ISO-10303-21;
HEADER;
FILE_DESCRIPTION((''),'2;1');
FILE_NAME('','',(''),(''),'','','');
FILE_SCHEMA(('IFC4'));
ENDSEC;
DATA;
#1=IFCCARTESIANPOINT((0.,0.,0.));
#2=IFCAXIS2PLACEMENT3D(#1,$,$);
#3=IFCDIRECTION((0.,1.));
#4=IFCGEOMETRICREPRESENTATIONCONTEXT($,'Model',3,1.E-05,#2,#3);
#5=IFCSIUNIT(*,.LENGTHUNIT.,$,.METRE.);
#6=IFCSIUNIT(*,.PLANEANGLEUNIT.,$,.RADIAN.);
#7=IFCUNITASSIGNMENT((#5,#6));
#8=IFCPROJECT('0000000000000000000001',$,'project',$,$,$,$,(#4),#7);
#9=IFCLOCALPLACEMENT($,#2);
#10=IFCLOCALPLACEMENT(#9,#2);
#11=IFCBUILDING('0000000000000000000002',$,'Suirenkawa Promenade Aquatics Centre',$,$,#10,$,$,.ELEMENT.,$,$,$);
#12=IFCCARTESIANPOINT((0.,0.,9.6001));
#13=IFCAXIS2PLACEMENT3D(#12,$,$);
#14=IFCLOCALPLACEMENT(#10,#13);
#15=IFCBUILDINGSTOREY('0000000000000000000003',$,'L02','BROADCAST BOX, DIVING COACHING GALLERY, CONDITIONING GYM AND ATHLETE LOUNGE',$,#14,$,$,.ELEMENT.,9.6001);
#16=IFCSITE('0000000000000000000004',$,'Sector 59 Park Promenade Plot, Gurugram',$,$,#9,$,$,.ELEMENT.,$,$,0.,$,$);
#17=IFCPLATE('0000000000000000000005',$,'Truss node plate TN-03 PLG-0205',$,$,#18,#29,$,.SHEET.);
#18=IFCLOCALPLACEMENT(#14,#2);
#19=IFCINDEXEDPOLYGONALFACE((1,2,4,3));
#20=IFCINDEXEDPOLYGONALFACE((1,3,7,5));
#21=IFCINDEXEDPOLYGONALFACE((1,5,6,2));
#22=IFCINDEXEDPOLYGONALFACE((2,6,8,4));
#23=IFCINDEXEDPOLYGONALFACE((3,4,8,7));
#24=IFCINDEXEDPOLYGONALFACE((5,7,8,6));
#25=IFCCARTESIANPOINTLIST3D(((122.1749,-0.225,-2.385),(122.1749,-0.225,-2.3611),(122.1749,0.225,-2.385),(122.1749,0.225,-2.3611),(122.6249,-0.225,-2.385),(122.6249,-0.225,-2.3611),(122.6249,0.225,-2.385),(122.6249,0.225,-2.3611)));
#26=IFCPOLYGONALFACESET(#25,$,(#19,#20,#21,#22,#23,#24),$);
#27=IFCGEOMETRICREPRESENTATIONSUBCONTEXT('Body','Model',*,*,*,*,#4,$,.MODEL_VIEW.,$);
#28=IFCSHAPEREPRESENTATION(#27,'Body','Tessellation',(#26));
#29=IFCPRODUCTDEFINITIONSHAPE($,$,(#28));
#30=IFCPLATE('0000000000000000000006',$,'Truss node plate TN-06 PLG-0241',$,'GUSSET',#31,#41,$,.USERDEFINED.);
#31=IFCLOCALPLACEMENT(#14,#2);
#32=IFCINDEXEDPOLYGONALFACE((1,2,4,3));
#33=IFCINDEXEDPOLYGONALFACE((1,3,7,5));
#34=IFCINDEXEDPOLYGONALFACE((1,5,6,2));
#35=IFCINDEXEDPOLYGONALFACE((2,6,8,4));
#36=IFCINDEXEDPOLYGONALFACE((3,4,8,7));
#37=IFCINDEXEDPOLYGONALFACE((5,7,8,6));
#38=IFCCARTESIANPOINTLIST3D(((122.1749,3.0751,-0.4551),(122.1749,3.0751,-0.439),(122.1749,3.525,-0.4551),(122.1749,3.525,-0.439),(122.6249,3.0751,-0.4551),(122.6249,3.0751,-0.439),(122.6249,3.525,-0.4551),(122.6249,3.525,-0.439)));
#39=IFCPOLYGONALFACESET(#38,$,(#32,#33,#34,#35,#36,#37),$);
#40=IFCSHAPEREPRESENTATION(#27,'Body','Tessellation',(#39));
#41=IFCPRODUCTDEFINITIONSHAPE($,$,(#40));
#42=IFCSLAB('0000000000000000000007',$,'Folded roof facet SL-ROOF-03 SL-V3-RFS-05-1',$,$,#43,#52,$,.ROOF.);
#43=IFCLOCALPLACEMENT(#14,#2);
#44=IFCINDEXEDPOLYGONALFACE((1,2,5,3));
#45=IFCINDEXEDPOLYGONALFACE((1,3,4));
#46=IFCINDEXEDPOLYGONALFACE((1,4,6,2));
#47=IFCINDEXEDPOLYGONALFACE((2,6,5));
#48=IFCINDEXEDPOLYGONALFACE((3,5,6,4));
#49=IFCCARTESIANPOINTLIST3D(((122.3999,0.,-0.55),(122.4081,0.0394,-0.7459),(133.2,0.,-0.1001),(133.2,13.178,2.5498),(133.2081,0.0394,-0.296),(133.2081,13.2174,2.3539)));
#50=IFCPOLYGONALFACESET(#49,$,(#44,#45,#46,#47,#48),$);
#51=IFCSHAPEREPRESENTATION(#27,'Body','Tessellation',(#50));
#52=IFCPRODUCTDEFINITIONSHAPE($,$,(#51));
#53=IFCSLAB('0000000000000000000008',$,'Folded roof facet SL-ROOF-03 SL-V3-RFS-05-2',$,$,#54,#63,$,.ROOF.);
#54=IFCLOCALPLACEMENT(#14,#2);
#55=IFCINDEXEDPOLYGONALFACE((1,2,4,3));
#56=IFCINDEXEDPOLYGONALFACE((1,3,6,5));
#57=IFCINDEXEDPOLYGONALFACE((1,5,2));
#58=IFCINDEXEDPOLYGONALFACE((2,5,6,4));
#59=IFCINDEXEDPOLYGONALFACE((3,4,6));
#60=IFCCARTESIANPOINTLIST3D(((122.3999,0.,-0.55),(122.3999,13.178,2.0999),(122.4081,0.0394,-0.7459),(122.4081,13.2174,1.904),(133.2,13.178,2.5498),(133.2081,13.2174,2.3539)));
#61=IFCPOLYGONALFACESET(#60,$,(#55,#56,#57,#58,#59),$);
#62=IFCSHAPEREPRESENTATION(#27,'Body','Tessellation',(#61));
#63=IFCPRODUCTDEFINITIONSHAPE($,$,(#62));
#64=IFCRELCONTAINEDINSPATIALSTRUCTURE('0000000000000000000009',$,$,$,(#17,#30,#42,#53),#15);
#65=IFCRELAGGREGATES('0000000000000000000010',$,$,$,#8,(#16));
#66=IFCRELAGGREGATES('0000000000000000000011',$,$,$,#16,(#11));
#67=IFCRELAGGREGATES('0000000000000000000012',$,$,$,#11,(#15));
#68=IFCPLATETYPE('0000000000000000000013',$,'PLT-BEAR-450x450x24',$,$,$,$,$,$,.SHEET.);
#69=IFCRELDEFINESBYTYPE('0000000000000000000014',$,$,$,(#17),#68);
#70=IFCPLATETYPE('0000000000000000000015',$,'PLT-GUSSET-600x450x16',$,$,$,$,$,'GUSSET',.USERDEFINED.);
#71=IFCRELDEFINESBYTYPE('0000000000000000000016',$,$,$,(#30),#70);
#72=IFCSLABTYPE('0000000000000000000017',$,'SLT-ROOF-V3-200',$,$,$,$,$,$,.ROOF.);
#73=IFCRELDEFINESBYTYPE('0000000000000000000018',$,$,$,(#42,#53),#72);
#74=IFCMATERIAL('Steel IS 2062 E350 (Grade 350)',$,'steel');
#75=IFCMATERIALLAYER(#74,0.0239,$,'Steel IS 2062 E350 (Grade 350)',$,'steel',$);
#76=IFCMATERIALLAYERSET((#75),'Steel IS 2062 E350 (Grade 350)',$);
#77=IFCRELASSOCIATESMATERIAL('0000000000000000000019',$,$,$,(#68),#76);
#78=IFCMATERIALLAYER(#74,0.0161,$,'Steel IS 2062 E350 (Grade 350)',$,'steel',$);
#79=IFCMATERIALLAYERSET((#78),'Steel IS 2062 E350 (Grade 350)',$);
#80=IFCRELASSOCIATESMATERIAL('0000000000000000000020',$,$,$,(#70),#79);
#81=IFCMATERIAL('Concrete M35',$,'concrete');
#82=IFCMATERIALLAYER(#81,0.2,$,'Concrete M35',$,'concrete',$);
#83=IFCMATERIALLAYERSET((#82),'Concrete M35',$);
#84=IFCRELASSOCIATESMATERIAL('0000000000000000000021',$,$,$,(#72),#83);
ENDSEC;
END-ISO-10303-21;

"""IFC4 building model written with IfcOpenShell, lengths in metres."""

from ifc_helpers import new_model, si_unit, direction, frame, origin, origin_2d, place, context, subcontext, project, spatial, polyline, rectangle, outline, extrude, material, layer, layer_set, type_object, element, save


model = new_model("IFC4")

# Units and contexts
model_context = context("Model", 3, precision=1e-05, world=origin(), true_north=direction((0.0, 1.0)))
body_context = subcontext(model_context, "Body", "Model", "MODEL_VIEW")
ifc_project = project(units=[si_unit("LENGTHUNIT", "METRE"), si_unit("PLANEANGLEUNIT", "RADIAN")], contexts=[model_context])

# Site, building, storey
site_placement = place(None, origin())
site = spatial("IfcSite", under=ifc_project, at=site_placement, Name="Sector 59 Park Promenade Plot, Gurugram", CompositionType="ELEMENT", RefElevation=0.0)
building_placement = place(site_placement, origin())
building = spatial("IfcBuilding", under=site, at=building_placement, Name="Suirenkawa Promenade Aquatics Centre", CompositionType="ELEMENT")
storey_placement = place(building_placement, frame((0.0, 0.0, 9.6001)))
storey = spatial("IfcBuildingStorey", under=building, at=storey_placement, Name="L02", Description="BROADCAST BOX, DIVING COACHING GALLERY, CONDITIONING GYM AND ATHLETE LOUNGE", CompositionType="ELEMENT", Elevation=9.6001)

# Shared definitions
ifc_material_1 = material(Name="Steel IS 2062 E350 (Grade 350)", Category="steel")

# Plates
ifc_layer_1 = layer(ifc_material_1, 0.0239, Name="Steel IS 2062 E350 (Grade 350)", Category="steel")
ifc_layer_set_1 = layer_set([ifc_layer_1], Name="Steel IS 2062 E350 (Grade 350)")
plate_type_1 = type_object("IfcPlateType", Name="PLT-BEAR-450x450x24", PredefinedType="SHEET", material=ifc_layer_set_1)
plate_1_placement = place(storey_placement, frame((122.3999, 0.0, -2.385), z_axis=(0.0, 0.0, 1.0), x_axis=(1.0, 0.0, 0.0)))
element("IfcPlate", 1, at=plate_1_placement, inside=storey, type_object=plate_type_1, Name="Truss node plate TN-03 PLG-0205", PredefinedType="SHEET", context=body_context, shape_type="SweptSolid", body=[
    extrude(rectangle(XDim=0.45, YDim=0.45, at=origin_2d()), origin(), (0.0, 0.0, 1.0), 0.0239),
])
ifc_layer_2 = layer(ifc_material_1, 0.0161, Name="Steel IS 2062 E350 (Grade 350)", Category="steel")
ifc_layer_set_2 = layer_set([ifc_layer_2], Name="Steel IS 2062 E350 (Grade 350)")
plate_type_2 = type_object("IfcPlateType", Name="PLT-GUSSET-600x450x16", ElementType="GUSSET", PredefinedType="USERDEFINED", material=ifc_layer_set_2)
plate_2_placement = place(storey_placement, frame((122.3999, 3.3, -0.4551), z_axis=(0.0, 0.0, 1.0), x_axis=(1.0, 0.0, 0.0)))
element("IfcPlate", 2, at=plate_2_placement, inside=storey, type_object=plate_type_2, Name="Truss node plate TN-06 PLG-0241", ObjectType="GUSSET", PredefinedType="USERDEFINED", context=body_context, shape_type="SweptSolid", body=[
    extrude(rectangle(XDim=0.45, YDim=0.45, at=origin_2d()), origin(), (0.0, 0.0, 1.0), 0.0161),
])

# Slabs
ifc_material_2 = material(Name="Concrete M35", Category="concrete")
ifc_layer_3 = layer(ifc_material_2, 0.2, Name="Concrete M35", Category="concrete")
ifc_layer_set_3 = layer_set([ifc_layer_3], Name="Concrete M35")
slab_type = type_object("IfcSlabType", Name="SLT-ROOF-V3-200", PredefinedType="ROOF", material=ifc_layer_set_3)
slab_1_placement = place(storey_placement, frame((122.3999, 0.0, -0.55), z_axis=(-0.04081, -0.196975, 0.979559), x_axis=(0.999133, 0.0, 0.041626)))
element("IfcSlab", 3, at=slab_1_placement, inside=storey, type_object=slab_type, Name="Folded roof facet SL-ROOF-03 SL-V3-RFS-05-1", PredefinedType="ROOF", context=body_context, shape_type="SweptSolid", body=[
    extrude(outline(polyline([(0.0, 0.0), (10.8094, 0.0), (10.9197, 13.4413), (0.0, 0.0)])), origin(), (0.0, 0.0, -1.0), 0.2),
])
slab_2_placement = place(storey_placement, frame((122.3999, 0.0, -0.55), z_axis=(-0.04081, -0.196975, 0.979559), x_axis=(0.623635, 0.760946, 0.178997)))
element("IfcSlab", 4, at=slab_2_placement, inside=storey, type_object=slab_type, Name="Folded roof facet SL-ROOF-03 SL-V3-RFS-05-2", PredefinedType="ROOF", context=body_context, shape_type="SweptSolid", body=[
    extrude(outline(polyline([(0.0, 0.0), (17.3179, 0.0), (10.5021, 8.3898), (0.0, 0.0)])), origin(), (0.0, 0.0, -1.0), 0.2),
])

save(model, "model.ifc")
